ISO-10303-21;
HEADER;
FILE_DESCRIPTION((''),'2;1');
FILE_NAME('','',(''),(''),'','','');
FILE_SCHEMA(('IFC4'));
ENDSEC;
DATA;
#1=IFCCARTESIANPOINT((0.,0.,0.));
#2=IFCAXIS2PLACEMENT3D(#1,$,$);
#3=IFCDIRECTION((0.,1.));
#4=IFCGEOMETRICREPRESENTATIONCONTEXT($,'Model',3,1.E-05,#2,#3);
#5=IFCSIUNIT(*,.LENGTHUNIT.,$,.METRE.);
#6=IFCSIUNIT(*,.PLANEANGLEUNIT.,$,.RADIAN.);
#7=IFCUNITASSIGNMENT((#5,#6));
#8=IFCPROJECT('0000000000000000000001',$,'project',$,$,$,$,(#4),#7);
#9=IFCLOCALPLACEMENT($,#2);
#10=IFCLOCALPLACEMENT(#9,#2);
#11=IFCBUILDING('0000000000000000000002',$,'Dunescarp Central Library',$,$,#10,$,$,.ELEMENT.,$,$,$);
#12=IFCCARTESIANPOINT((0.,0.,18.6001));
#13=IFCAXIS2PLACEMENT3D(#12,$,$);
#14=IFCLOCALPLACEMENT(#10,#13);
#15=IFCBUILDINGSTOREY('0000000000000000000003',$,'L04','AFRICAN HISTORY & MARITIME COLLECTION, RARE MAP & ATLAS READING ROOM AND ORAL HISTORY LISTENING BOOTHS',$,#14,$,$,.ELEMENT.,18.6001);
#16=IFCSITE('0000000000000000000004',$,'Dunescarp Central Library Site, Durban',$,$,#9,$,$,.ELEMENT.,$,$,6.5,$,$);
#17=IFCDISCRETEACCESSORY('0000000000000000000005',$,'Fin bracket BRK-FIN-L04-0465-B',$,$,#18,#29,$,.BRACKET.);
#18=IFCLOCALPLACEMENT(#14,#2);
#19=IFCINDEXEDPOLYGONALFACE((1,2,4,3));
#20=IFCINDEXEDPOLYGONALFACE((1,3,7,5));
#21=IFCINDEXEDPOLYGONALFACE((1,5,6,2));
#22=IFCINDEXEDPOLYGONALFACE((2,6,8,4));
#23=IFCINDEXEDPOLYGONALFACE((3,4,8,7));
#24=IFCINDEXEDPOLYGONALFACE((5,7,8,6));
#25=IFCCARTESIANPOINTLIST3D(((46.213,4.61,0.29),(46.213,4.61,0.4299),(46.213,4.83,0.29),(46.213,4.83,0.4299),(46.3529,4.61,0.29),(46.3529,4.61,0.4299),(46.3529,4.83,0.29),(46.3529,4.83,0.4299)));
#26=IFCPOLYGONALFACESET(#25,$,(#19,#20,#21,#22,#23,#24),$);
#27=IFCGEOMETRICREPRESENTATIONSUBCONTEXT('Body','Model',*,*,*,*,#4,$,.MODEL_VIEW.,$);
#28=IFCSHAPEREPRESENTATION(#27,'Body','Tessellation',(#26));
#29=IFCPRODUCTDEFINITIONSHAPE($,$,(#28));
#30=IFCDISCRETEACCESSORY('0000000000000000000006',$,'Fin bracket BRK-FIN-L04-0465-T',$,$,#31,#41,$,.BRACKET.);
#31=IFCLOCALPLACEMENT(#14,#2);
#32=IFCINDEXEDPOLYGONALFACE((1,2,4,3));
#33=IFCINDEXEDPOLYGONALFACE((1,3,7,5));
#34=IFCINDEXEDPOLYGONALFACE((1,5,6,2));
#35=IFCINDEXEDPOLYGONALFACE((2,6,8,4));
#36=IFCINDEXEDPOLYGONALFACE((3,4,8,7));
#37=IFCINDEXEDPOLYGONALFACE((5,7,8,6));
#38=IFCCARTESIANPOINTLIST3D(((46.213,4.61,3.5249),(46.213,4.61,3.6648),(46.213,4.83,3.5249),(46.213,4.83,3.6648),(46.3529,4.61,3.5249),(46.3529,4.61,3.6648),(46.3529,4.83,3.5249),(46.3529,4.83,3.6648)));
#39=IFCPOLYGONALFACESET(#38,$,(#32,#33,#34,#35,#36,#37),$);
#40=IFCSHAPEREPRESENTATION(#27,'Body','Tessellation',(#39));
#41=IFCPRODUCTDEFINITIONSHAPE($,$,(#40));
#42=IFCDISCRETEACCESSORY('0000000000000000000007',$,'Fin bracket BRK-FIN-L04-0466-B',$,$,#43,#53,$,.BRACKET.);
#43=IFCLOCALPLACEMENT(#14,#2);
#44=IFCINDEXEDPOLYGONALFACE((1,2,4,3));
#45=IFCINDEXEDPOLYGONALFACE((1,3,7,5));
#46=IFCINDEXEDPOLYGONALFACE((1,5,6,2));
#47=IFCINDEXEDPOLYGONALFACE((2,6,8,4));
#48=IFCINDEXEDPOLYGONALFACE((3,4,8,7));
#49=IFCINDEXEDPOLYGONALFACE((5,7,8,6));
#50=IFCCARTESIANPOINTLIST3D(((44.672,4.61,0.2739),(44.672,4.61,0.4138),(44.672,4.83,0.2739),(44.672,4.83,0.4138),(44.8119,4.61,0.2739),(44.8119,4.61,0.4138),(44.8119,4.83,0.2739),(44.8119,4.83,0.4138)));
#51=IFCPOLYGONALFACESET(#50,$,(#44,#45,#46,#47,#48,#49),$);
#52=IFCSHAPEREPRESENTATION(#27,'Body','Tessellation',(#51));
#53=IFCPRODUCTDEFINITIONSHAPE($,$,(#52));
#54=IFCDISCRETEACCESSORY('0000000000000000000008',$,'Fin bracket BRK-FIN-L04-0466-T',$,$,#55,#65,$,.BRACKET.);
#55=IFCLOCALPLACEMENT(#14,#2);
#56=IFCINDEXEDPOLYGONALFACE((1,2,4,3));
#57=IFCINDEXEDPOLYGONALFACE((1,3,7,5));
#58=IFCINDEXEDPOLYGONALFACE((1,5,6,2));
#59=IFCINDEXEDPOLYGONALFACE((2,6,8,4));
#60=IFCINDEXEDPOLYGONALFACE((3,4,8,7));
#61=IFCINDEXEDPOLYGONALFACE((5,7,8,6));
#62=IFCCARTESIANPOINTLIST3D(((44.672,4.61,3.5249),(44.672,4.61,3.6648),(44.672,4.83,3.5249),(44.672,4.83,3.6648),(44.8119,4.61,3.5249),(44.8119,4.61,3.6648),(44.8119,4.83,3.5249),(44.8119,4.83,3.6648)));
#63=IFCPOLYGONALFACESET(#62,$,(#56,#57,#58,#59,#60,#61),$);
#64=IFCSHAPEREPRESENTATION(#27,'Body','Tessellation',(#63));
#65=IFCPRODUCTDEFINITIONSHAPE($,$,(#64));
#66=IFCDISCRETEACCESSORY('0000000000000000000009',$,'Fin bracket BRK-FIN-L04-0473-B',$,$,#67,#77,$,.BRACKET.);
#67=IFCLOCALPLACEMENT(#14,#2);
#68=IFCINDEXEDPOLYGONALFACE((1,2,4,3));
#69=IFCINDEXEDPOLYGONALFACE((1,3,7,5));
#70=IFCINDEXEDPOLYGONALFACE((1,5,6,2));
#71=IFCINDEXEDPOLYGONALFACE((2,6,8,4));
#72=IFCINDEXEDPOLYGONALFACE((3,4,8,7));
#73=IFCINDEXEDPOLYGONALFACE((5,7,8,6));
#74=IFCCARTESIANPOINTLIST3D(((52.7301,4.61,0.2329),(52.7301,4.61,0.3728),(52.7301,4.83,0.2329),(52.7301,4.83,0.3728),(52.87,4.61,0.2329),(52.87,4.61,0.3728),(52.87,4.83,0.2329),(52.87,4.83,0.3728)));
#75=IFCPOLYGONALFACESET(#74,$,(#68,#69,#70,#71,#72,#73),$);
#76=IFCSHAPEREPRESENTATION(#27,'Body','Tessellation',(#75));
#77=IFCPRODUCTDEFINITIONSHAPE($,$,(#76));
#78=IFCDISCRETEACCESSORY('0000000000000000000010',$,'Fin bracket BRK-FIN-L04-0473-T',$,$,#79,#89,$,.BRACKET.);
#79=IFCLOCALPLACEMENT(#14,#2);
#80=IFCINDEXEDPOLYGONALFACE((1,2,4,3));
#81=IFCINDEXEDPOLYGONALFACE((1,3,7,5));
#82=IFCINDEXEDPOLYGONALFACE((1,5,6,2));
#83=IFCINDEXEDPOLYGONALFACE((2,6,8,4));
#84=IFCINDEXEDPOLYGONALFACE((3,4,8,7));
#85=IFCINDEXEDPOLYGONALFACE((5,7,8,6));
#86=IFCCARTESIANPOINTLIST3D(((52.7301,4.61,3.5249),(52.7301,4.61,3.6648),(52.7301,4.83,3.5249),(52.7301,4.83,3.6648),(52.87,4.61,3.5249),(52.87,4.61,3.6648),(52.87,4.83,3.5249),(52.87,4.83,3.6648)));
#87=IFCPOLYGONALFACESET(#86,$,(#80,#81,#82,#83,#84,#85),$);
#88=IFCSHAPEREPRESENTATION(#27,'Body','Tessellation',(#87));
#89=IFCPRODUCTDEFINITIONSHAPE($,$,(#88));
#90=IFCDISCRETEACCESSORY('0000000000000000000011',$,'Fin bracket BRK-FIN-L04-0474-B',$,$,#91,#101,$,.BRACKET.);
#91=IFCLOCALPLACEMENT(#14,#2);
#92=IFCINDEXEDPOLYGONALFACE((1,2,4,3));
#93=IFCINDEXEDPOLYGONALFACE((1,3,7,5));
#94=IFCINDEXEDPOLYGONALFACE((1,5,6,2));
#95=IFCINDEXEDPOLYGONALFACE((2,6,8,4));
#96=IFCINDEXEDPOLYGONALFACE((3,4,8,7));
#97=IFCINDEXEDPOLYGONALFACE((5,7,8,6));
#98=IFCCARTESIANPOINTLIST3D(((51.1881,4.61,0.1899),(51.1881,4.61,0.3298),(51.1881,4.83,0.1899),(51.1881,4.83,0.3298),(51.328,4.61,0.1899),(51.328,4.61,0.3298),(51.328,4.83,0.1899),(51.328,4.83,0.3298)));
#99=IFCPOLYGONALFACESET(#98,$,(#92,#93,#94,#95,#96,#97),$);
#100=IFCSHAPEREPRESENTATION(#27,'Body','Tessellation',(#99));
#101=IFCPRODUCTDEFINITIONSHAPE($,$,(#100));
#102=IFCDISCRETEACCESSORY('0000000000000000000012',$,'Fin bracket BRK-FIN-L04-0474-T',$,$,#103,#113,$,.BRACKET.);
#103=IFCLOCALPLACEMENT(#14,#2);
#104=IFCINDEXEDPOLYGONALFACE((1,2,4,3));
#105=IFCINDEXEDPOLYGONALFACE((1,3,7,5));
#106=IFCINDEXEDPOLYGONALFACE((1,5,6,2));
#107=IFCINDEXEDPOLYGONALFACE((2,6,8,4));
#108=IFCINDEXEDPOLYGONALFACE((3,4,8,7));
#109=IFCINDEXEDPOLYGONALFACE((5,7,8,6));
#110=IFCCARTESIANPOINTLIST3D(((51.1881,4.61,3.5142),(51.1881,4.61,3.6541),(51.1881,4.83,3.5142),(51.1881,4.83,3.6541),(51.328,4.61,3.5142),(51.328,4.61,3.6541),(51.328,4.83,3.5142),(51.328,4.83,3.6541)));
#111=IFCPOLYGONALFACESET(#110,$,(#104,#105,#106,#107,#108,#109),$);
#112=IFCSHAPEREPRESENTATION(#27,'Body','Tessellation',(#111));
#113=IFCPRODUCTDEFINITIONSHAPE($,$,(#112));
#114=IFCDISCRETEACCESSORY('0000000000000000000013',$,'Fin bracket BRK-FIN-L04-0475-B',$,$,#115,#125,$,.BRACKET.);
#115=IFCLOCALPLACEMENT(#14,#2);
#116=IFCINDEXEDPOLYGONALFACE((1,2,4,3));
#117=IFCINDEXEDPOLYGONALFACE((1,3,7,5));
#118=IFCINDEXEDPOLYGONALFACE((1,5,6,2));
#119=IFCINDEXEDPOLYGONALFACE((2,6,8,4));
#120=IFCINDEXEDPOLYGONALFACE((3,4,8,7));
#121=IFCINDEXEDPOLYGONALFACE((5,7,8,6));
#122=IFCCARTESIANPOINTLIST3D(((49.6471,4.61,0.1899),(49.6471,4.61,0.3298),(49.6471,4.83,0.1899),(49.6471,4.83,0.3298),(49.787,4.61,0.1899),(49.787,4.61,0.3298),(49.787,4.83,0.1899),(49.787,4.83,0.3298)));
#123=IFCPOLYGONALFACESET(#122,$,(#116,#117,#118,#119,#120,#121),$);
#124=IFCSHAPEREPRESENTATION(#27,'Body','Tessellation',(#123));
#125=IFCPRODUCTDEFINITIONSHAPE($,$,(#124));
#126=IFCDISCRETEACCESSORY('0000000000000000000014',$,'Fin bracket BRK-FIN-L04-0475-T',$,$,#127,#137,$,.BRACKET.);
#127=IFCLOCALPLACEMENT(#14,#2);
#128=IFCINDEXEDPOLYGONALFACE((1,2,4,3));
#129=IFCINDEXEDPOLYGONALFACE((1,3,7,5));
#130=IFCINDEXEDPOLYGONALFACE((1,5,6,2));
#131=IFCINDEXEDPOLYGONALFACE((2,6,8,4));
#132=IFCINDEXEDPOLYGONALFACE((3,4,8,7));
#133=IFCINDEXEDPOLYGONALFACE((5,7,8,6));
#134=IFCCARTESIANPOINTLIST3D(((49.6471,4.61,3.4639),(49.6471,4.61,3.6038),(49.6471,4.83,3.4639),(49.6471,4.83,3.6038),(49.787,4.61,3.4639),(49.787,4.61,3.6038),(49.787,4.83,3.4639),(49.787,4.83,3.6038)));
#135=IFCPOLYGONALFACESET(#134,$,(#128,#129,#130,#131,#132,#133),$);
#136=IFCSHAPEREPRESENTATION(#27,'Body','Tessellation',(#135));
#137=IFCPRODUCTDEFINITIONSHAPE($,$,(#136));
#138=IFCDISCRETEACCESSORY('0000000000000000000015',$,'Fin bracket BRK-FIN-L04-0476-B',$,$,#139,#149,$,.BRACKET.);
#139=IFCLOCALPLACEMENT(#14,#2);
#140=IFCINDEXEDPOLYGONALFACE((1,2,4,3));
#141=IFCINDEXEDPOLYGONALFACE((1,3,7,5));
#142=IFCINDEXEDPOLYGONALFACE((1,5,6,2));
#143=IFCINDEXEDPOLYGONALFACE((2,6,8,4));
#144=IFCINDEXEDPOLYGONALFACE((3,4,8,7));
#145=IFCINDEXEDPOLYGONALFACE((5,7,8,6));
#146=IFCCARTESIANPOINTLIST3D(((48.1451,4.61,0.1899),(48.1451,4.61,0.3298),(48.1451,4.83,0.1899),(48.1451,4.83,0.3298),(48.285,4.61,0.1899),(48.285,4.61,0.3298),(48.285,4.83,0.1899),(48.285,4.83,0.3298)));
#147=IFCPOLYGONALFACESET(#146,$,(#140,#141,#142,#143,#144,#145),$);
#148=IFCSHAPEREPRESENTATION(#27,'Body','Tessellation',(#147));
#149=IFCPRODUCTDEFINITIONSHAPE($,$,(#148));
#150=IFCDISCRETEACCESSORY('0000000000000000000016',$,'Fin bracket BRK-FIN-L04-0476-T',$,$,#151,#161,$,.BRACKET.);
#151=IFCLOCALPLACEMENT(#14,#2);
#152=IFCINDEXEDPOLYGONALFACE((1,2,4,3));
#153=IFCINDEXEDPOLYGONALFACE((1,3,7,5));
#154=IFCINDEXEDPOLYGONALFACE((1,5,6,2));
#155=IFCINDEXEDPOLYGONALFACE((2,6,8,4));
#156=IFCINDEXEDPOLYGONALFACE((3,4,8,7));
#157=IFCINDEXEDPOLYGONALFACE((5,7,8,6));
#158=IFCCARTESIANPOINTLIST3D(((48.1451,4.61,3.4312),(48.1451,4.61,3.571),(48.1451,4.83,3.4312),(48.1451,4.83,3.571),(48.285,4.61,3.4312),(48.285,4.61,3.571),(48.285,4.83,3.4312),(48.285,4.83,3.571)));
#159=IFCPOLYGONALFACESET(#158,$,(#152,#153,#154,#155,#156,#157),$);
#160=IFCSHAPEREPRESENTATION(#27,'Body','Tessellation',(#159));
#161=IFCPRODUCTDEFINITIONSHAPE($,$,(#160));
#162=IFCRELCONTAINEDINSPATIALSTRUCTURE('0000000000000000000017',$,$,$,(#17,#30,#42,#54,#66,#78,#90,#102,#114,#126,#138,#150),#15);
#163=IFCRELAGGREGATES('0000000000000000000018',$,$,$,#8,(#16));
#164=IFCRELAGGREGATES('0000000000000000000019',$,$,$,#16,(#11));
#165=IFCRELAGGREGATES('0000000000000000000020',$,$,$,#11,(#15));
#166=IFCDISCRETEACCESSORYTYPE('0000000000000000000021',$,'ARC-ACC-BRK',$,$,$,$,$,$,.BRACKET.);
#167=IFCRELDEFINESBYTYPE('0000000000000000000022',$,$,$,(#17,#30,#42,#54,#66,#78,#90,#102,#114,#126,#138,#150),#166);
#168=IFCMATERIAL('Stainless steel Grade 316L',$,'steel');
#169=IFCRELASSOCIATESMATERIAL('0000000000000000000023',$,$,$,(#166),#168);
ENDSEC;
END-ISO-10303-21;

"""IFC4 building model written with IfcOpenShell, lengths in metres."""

from ifc_helpers import new_model, si_unit, direction, frame, origin, origin_2d, place, context, subcontext, project, spatial, rectangle, extrude, material, type_object, element, save


model = new_model("IFC4")

# Units and contexts
model_context = context("Model", 3, precision=1e-05, world=origin(), true_north=direction((0.0, 1.0)))
body_context = subcontext(model_context, "Body", "Model", "MODEL_VIEW")
ifc_project = project(units=[si_unit("LENGTHUNIT", "METRE"), si_unit("PLANEANGLEUNIT", "RADIAN")], contexts=[model_context])

# Site, building, storey
site_placement = place(None, origin())
site = spatial("IfcSite", under=ifc_project, at=site_placement, Name="Dunescarp Central Library Site, Durban", CompositionType="ELEMENT", RefElevation=6.5)
building_placement = place(site_placement, origin())
building = spatial("IfcBuilding", under=site, at=building_placement, Name="Dunescarp Central Library", CompositionType="ELEMENT")
storey_placement = place(building_placement, frame((0.0, 0.0, 18.6001)))
storey = spatial("IfcBuildingStorey", under=building, at=storey_placement, Name="L04", Description="AFRICAN HISTORY & MARITIME COLLECTION, RARE MAP & ATLAS READING ROOM AND ORAL HISTORY LISTENING BOOTHS", CompositionType="ELEMENT", Elevation=18.6001)

# Discrete accessories
ifc_material_1 = material(Name="Stainless steel Grade 316L", Category="steel")
discrete_accessory_type = type_object("IfcDiscreteAccessoryType", Name="ARC-ACC-BRK", PredefinedType="BRACKET", material=ifc_material_1)
for number, where, z_axis, x_axis, name in (
    (1, (46.283, 4.72, 0.29), (0.0, 0.0, 1.0), (0.0, -1.0, 0.0), "Fin bracket BRK-FIN-L04-0465-B"),
    (2, (46.283, 4.72, 3.5249), (0.0, 0.0, 1.0), (0.0, -1.0, 0.0), "Fin bracket BRK-FIN-L04-0465-T"),
    (3, (44.7419, 4.72, 0.2739), (0.0, 0.0, 1.0), (0.0, -1.0, 0.0), "Fin bracket BRK-FIN-L04-0466-B"),
    (4, (44.7419, 4.72, 3.5249), (0.0, 0.0, 1.0), (0.0, -1.0, 0.0), "Fin bracket BRK-FIN-L04-0466-T"),
    (5, (52.8, 4.72, 0.2329), (0.0, 0.0, 1.0), (0.0, -1.0, 0.0), "Fin bracket BRK-FIN-L04-0473-B"),
    (6, (52.8, 4.72, 3.5249), (0.0, 0.0, 1.0), (0.0, -1.0, 0.0), "Fin bracket BRK-FIN-L04-0473-T"),
    (7, (51.2581, 4.72, 0.1899), (0.0, 0.0, 1.0), (0.0, -1.0, 0.0), "Fin bracket BRK-FIN-L04-0474-B"),
    (8, (51.2581, 4.72, 3.5142), (0.0, 0.0, 1.0), (0.0, -1.0, 0.0), "Fin bracket BRK-FIN-L04-0474-T"),
    (9, (49.717, 4.72, 0.1899), (0.0, 0.0, 1.0), (0.0, -1.0, 0.0), "Fin bracket BRK-FIN-L04-0475-B"),
    (10, (49.717, 4.72, 3.4639), (0.0, 0.0, 1.0), (0.0, -1.0, 0.0), "Fin bracket BRK-FIN-L04-0475-T"),
    (11, (48.2151, 4.72, 0.1899), (0.0, 0.0, 1.0), (0.0, -1.0, 0.0), "Fin bracket BRK-FIN-L04-0476-B"),
    (12, (48.2151, 4.72, 3.4312), (0.0, 0.0, 1.0), (0.0, -1.0, 0.0), "Fin bracket BRK-FIN-L04-0476-T"),
):
    element("IfcDiscreteAccessory", number, at=place(storey_placement, frame(where, z_axis=z_axis, x_axis=x_axis)), inside=storey, type_object=discrete_accessory_type, Name=name, PredefinedType="BRACKET", context=body_context, shape_type="SweptSolid", body=[
        extrude(rectangle(XDim=0.22, YDim=0.1399, at=origin_2d()), origin(), (0.0, 0.0, 1.0), 0.1399),
    ])

save(model, "model.ifc")
